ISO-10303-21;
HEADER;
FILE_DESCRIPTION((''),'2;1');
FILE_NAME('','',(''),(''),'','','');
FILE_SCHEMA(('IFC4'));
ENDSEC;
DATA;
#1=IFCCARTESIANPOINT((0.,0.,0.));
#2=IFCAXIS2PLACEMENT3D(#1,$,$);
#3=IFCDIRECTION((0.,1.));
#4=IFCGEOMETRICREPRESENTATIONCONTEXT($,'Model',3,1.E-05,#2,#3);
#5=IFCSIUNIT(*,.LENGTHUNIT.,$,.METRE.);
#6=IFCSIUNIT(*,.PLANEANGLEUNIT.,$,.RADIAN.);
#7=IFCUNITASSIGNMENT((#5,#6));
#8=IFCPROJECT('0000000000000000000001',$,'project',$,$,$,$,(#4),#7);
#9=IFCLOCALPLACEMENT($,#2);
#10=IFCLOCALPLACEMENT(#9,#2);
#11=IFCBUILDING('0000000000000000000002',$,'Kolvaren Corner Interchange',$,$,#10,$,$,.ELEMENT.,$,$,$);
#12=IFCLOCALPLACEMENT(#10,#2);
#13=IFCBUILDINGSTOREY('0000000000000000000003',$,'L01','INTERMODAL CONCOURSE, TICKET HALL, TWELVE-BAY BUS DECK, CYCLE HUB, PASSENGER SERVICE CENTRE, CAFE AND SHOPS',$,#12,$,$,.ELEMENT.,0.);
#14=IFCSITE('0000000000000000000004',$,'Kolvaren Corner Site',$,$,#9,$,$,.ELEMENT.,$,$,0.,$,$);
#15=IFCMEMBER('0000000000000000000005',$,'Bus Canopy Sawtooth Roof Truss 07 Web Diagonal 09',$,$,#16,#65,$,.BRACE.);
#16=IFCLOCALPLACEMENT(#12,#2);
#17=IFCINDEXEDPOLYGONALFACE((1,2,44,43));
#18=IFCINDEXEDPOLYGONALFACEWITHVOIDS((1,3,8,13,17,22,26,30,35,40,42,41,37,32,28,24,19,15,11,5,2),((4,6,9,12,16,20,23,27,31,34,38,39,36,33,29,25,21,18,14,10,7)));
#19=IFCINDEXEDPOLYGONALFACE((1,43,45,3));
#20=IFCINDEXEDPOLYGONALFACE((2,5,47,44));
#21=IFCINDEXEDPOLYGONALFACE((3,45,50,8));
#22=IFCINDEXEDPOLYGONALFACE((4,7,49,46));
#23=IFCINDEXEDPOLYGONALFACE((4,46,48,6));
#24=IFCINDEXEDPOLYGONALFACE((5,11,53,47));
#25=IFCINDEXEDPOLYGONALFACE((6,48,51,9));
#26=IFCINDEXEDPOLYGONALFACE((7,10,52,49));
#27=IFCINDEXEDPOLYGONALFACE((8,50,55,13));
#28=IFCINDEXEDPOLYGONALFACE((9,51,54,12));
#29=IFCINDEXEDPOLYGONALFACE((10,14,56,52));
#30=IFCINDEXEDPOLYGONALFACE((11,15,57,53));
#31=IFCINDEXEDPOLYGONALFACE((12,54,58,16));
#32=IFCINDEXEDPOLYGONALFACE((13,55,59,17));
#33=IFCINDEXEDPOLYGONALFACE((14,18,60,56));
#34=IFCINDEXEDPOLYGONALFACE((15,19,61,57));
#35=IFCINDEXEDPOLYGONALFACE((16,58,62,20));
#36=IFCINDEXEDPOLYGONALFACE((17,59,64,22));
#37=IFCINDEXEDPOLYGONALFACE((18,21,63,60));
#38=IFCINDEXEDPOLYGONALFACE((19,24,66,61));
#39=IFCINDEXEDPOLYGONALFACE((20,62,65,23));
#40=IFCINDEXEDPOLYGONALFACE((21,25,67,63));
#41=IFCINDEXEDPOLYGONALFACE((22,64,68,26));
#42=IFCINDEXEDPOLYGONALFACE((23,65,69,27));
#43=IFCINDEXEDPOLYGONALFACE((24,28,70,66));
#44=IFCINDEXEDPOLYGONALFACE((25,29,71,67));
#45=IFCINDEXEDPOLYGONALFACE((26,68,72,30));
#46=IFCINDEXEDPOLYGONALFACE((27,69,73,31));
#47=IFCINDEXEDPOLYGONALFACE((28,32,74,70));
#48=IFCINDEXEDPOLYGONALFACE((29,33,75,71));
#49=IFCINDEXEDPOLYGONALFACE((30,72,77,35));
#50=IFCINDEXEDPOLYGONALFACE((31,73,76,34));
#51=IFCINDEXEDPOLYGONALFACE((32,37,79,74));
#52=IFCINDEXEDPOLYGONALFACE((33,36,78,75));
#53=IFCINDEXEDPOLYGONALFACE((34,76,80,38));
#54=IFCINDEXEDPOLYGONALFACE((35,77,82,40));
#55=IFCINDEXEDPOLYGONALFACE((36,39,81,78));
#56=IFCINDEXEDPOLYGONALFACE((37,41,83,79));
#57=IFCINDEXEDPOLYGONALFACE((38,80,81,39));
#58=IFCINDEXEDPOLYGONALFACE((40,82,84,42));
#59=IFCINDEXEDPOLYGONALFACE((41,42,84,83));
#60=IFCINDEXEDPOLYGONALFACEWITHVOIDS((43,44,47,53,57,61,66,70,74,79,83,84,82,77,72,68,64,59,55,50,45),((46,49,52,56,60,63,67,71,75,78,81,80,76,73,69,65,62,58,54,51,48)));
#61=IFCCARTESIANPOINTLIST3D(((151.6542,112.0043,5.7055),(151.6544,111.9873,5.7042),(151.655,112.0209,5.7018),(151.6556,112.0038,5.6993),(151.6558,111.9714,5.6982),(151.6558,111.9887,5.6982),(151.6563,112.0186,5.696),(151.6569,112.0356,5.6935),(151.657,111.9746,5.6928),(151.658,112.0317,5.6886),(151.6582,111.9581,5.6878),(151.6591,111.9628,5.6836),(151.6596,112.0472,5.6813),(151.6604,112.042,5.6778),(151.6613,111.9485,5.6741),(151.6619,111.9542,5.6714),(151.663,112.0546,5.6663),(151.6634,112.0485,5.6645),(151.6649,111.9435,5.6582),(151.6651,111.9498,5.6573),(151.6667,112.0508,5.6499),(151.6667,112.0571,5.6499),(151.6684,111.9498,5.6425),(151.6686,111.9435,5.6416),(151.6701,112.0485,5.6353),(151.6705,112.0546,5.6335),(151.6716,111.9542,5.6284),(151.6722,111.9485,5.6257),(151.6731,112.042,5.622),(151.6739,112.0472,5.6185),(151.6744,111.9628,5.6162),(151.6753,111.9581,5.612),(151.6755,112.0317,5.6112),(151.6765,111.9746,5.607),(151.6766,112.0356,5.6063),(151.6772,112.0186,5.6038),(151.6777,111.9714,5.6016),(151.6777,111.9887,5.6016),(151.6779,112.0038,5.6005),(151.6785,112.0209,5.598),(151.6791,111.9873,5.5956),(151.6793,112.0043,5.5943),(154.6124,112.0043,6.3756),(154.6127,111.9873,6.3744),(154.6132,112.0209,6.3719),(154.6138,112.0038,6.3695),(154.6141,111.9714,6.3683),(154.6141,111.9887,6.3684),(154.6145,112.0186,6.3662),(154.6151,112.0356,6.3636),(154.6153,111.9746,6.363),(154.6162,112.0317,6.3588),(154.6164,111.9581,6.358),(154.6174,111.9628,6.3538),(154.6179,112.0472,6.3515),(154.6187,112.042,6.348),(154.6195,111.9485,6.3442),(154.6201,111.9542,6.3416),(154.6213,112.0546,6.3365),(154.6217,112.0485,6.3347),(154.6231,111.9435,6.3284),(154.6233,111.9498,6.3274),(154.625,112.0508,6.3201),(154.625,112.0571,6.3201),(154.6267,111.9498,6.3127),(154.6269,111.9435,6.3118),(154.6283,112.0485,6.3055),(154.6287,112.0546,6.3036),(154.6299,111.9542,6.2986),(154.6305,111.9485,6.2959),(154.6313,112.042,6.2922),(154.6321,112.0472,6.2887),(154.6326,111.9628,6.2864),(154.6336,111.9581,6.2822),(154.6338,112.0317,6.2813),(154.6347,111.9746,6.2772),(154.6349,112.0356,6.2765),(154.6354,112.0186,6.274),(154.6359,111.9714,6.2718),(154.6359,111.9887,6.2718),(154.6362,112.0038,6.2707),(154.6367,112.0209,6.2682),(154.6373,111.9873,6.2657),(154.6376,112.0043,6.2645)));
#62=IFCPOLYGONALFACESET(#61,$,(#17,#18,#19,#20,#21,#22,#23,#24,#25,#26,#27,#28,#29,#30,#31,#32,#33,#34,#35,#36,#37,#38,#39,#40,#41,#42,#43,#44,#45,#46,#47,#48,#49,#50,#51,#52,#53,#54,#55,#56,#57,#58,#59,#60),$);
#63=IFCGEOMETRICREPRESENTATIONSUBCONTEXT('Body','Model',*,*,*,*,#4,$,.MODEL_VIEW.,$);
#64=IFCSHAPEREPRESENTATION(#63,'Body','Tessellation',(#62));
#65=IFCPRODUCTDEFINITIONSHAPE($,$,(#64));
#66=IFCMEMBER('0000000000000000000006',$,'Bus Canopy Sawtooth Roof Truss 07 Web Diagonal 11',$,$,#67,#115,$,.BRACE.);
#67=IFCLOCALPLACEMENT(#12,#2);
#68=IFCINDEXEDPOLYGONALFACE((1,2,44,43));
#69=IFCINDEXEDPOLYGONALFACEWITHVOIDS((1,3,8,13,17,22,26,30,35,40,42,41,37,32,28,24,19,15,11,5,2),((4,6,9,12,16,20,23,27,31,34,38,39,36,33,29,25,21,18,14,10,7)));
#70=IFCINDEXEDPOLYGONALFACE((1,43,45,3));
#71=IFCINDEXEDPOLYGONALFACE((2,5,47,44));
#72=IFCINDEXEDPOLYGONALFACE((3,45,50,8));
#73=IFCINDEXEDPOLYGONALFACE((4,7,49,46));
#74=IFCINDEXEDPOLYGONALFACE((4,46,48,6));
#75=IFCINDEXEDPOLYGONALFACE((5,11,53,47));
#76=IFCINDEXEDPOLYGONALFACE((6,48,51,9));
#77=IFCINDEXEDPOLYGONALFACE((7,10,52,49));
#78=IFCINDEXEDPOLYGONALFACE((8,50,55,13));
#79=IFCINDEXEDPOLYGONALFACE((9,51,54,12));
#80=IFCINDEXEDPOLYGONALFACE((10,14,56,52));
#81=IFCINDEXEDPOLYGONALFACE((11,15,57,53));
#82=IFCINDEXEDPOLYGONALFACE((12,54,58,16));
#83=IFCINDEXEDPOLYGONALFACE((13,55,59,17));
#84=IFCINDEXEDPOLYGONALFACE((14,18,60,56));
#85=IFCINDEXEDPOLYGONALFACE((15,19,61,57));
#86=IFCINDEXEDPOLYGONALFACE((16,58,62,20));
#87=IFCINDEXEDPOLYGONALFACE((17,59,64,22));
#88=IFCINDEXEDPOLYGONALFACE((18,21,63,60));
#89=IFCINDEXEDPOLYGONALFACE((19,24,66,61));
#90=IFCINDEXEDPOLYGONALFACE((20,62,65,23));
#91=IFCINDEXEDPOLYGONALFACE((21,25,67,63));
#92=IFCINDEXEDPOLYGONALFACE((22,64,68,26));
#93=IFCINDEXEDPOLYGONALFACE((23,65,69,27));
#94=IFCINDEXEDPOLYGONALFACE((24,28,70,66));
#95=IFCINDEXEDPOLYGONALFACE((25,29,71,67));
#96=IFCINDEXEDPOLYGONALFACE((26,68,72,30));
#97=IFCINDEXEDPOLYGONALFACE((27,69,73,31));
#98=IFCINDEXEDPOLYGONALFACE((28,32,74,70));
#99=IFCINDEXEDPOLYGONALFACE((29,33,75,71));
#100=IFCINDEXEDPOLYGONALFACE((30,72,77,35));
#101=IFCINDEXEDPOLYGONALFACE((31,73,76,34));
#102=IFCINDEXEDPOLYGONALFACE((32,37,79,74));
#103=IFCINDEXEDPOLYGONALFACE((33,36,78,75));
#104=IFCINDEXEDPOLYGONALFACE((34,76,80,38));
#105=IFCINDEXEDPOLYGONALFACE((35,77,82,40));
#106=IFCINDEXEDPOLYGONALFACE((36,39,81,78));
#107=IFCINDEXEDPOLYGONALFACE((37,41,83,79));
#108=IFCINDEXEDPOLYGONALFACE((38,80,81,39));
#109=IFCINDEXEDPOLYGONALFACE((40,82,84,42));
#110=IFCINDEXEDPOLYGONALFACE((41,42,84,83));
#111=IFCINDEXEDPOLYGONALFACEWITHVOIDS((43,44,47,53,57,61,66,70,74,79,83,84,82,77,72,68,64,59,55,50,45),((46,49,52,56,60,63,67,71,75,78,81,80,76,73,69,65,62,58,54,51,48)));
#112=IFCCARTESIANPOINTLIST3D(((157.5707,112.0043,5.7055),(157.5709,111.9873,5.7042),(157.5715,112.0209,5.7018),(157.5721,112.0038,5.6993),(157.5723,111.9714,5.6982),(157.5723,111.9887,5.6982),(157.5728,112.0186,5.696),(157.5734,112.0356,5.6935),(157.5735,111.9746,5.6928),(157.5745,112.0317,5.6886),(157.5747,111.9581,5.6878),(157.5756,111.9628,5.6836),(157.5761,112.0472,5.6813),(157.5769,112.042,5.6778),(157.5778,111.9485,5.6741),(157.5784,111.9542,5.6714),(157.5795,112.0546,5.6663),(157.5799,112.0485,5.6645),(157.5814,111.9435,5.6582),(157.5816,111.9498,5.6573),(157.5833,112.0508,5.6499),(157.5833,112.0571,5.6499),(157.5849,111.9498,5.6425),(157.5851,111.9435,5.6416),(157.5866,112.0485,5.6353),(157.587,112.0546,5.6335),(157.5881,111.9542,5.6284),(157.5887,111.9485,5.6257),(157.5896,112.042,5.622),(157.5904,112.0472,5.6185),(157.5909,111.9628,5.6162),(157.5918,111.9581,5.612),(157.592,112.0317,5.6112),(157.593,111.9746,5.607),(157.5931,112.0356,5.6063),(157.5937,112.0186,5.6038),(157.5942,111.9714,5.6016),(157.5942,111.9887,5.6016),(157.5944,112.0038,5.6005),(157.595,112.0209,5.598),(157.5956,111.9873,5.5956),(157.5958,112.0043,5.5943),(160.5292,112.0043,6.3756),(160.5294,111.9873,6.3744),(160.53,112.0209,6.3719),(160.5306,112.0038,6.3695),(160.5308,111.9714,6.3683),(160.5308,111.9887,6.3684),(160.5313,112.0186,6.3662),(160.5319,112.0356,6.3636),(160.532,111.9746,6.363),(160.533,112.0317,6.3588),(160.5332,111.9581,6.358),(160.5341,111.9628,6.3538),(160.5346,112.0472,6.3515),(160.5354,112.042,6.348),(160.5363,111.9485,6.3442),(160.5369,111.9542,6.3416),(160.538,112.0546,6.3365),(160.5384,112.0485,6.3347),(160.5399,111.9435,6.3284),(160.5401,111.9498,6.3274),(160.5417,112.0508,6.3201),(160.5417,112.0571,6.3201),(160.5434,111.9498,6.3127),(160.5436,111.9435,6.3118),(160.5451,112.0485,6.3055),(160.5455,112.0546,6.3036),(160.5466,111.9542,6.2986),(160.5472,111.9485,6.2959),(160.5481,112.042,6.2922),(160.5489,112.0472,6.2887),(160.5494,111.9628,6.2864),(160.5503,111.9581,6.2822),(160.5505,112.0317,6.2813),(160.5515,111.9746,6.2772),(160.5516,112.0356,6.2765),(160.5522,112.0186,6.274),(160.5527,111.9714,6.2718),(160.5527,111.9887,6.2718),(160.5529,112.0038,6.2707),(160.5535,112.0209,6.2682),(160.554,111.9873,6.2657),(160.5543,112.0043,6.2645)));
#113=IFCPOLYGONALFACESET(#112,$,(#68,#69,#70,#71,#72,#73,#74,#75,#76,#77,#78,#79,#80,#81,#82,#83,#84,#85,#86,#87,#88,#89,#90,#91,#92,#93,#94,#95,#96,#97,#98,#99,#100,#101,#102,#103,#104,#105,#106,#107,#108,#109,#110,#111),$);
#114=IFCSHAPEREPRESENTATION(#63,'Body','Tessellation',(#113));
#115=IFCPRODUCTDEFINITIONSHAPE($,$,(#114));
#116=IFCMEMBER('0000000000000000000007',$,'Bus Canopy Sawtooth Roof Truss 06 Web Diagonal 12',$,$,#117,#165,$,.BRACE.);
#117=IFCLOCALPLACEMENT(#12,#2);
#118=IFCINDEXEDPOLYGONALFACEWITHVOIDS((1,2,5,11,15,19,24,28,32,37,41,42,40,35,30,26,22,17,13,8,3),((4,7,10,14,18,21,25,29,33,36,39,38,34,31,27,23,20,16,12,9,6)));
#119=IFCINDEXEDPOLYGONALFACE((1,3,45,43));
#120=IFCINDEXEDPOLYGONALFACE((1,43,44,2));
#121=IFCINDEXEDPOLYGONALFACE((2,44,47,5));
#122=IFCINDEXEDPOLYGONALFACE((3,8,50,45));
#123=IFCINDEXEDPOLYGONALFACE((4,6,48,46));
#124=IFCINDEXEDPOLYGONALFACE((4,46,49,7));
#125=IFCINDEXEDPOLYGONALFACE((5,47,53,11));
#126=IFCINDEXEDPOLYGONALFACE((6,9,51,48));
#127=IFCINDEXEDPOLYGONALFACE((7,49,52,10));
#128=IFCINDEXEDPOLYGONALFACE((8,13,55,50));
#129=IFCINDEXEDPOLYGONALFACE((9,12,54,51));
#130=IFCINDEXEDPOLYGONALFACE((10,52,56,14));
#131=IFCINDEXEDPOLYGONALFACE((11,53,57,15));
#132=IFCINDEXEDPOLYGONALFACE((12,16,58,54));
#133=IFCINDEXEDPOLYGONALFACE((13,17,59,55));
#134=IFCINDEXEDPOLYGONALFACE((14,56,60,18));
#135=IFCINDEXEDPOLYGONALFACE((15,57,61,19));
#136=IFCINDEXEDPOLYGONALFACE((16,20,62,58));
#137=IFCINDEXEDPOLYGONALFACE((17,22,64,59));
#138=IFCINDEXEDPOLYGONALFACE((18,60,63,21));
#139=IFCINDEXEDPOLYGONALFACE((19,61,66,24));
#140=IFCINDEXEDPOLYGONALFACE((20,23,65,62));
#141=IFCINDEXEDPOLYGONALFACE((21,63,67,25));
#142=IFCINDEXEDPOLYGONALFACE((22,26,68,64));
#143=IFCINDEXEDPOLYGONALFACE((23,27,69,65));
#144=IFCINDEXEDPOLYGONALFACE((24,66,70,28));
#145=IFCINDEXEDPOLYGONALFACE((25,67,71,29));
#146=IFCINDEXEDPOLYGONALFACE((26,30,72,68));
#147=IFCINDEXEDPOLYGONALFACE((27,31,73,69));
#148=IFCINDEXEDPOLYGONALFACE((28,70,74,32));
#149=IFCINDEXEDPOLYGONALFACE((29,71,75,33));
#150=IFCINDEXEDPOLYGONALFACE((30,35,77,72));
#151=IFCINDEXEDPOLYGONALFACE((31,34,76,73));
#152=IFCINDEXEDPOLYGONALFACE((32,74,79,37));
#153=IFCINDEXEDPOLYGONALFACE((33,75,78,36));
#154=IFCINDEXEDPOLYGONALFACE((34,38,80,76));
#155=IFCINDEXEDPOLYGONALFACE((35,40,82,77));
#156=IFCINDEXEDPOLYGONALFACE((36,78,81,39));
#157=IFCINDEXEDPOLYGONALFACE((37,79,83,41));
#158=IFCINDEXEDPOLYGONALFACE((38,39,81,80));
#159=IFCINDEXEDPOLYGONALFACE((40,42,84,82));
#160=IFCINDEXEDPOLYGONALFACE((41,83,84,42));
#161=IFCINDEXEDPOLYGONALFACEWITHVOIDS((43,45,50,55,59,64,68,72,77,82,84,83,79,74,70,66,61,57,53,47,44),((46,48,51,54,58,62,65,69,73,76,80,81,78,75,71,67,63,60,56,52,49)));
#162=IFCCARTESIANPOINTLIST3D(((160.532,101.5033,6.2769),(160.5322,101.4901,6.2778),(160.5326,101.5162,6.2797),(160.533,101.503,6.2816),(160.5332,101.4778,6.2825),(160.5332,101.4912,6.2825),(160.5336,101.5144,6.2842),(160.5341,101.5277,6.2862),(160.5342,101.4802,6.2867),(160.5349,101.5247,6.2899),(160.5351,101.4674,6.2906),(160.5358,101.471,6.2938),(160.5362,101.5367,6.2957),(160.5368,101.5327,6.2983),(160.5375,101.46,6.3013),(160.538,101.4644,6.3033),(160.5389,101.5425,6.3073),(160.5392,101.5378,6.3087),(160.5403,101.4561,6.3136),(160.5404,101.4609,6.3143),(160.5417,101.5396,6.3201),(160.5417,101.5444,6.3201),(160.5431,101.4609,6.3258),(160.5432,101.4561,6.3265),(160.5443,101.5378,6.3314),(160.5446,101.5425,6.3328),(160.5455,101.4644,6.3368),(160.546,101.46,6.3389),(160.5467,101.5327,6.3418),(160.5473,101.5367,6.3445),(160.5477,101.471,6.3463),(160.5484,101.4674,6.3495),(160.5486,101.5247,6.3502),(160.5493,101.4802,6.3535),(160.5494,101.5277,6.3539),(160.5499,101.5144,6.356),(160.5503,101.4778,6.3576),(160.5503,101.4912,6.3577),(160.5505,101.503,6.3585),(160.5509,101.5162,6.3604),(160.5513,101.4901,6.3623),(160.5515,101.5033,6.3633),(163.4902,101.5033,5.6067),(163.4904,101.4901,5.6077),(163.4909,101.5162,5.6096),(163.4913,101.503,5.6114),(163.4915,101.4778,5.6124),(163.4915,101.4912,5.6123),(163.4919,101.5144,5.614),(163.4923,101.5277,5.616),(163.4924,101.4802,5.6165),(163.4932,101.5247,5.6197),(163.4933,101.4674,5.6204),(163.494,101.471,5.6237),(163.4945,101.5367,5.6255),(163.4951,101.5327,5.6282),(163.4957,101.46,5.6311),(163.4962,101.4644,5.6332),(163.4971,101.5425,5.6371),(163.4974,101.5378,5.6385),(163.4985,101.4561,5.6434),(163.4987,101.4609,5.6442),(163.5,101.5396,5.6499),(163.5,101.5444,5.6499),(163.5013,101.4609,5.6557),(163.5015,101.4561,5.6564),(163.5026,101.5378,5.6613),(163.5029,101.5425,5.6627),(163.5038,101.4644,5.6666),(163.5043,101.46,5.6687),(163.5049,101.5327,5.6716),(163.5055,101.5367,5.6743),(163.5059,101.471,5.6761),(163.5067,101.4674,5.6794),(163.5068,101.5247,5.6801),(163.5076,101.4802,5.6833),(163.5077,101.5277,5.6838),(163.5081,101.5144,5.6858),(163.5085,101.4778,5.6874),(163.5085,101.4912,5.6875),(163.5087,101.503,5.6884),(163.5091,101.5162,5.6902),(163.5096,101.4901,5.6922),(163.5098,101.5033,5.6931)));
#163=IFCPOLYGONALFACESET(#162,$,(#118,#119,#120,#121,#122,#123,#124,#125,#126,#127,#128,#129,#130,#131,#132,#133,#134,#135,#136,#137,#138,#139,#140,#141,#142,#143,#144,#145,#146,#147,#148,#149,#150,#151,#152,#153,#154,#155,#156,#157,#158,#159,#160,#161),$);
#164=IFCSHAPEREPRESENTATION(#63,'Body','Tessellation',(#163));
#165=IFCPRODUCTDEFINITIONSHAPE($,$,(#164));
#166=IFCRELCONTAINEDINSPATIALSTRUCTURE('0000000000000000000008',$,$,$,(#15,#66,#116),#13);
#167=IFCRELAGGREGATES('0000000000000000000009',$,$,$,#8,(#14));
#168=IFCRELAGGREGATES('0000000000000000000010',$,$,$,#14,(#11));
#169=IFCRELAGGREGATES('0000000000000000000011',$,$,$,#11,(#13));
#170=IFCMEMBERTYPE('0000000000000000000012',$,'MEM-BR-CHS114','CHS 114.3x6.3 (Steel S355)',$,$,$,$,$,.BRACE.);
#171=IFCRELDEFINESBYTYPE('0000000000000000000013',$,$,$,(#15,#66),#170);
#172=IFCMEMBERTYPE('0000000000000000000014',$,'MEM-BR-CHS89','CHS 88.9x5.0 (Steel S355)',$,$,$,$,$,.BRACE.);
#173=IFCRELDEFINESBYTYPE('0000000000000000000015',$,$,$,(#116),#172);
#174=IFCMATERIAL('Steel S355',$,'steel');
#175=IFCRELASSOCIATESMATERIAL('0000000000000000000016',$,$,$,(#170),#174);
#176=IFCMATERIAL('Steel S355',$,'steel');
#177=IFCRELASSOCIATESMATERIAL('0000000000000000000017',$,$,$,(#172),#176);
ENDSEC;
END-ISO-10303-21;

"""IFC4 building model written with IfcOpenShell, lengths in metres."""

from ifc_helpers import new_model, si_unit, direction, frame, origin, origin_2d, place, context, subcontext, project, spatial, hollow_circle, extrude, material, material_profile, profile_set, type_object, element, save


model = new_model("IFC4")

# Units and contexts
model_context = context("Model", 3, precision=1e-05, world=origin(), true_north=direction((0.0, 1.0)))
body_context = subcontext(model_context, "Body", "Model", "MODEL_VIEW")
ifc_project = project(units=[si_unit("LENGTHUNIT", "METRE"), si_unit("PLANEANGLEUNIT", "RADIAN")], contexts=[model_context])

# Site, building, storey
site_placement = place(None, origin())
site = spatial("IfcSite", under=ifc_project, at=site_placement, Name="Kolvaren Corner Site", CompositionType="ELEMENT", RefElevation=0.0)
building_placement = place(site_placement, origin())
building = spatial("IfcBuilding", under=site, at=building_placement, Name="Kolvaren Corner Interchange", CompositionType="ELEMENT")
storey_placement = place(building_placement, origin())
storey = spatial("IfcBuildingStorey", under=building, at=storey_placement, Name="L01", Description="INTERMODAL CONCOURSE, TICKET HALL, TWELVE-BAY BUS DECK, CYCLE HUB, PASSENGER SERVICE CENTRE, CAFE AND SHOPS", CompositionType="ELEMENT", Elevation=0.0)

# Members
ifc_material_1 = material(Name="Steel S355", Category="steel")
ifc_material_profile_1 = material_profile(ifc_material_1, hollow_circle(Radius=0.0571, WallThickness=0.0063, at=origin_2d()), Name="CHS 114.3x6.3")
ifc_profile_set_1 = profile_set([ifc_material_profile_1], Name="Steel S355")
member_type_1 = type_object("IfcMemberType", Name="MEM-BR-CHS114", Description="CHS 114.3x6.3 (Steel S355)", PredefinedType="BRACE", material=ifc_profile_set_1)
member_1_placement = place(storey_placement, frame((151.6667, 112.0, 5.6499), z_axis=(0.975287, 0.0, 0.220943), x_axis=(0.0, 1.0, 0.0)))
element("IfcMember", 1, at=member_1_placement, inside=storey, type_object=member_type_1, Name="Bus Canopy Sawtooth Roof Truss 07 Web Diagonal 09", PredefinedType="BRACE", context=body_context, shape_type="SweptSolid", body=[
    extrude(hollow_circle(Radius=0.0571, WallThickness=0.0063, at=origin_2d()), origin(), (0.0, 0.0, 1.0), 3.0332),
])
member_2_placement = place(storey_placement, frame((157.5833, 112.0, 5.6499), z_axis=(0.975291, 0.0, 0.220925), x_axis=(0.0, 1.0, 0.0)))
element("IfcMember", 2, at=member_2_placement, inside=storey, type_object=member_type_1, Name="Bus Canopy Sawtooth Roof Truss 07 Web Diagonal 11", PredefinedType="BRACE", context=body_context, shape_type="SweptSolid", body=[
    extrude(hollow_circle(Radius=0.0571, WallThickness=0.0063, at=origin_2d()), origin(), (0.0, 0.0, 1.0), 3.0334),
])
ifc_material_2 = material(Name="Steel S355", Category="steel")
ifc_material_profile_2 = material_profile(ifc_material_2, hollow_circle(Radius=0.0444, WallThickness=0.0049, at=origin_2d()), Name="CHS 88.9x5.0")
ifc_profile_set_2 = profile_set([ifc_material_profile_2], Name="Steel S355")
member_type_2 = type_object("IfcMemberType", Name="MEM-BR-CHS89", Description="CHS 88.9x5.0 (Steel S355)", PredefinedType="BRACE", material=ifc_profile_set_2)
for number, where, z_axis, x_axis, name in (
    (3, (160.5417, 101.5, 6.3201), (0.975287, 0.0, -0.220943), (0.0, 1.0, 0.0), "Bus Canopy Sawtooth Roof Truss 06 Web Diagonal 12"),
):
    element("IfcMember", number, at=place(storey_placement, frame(where, z_axis=z_axis, x_axis=x_axis)), inside=storey, type_object=member_type_2, Name=name, PredefinedType="BRACE", context=body_context, shape_type="SweptSolid", body=[
        extrude(hollow_circle(Radius=0.0444, WallThickness=0.0049, at=origin_2d()), origin(), (0.0, 0.0, 1.0), 3.0332),
    ])

save(model, "model.ifc")
